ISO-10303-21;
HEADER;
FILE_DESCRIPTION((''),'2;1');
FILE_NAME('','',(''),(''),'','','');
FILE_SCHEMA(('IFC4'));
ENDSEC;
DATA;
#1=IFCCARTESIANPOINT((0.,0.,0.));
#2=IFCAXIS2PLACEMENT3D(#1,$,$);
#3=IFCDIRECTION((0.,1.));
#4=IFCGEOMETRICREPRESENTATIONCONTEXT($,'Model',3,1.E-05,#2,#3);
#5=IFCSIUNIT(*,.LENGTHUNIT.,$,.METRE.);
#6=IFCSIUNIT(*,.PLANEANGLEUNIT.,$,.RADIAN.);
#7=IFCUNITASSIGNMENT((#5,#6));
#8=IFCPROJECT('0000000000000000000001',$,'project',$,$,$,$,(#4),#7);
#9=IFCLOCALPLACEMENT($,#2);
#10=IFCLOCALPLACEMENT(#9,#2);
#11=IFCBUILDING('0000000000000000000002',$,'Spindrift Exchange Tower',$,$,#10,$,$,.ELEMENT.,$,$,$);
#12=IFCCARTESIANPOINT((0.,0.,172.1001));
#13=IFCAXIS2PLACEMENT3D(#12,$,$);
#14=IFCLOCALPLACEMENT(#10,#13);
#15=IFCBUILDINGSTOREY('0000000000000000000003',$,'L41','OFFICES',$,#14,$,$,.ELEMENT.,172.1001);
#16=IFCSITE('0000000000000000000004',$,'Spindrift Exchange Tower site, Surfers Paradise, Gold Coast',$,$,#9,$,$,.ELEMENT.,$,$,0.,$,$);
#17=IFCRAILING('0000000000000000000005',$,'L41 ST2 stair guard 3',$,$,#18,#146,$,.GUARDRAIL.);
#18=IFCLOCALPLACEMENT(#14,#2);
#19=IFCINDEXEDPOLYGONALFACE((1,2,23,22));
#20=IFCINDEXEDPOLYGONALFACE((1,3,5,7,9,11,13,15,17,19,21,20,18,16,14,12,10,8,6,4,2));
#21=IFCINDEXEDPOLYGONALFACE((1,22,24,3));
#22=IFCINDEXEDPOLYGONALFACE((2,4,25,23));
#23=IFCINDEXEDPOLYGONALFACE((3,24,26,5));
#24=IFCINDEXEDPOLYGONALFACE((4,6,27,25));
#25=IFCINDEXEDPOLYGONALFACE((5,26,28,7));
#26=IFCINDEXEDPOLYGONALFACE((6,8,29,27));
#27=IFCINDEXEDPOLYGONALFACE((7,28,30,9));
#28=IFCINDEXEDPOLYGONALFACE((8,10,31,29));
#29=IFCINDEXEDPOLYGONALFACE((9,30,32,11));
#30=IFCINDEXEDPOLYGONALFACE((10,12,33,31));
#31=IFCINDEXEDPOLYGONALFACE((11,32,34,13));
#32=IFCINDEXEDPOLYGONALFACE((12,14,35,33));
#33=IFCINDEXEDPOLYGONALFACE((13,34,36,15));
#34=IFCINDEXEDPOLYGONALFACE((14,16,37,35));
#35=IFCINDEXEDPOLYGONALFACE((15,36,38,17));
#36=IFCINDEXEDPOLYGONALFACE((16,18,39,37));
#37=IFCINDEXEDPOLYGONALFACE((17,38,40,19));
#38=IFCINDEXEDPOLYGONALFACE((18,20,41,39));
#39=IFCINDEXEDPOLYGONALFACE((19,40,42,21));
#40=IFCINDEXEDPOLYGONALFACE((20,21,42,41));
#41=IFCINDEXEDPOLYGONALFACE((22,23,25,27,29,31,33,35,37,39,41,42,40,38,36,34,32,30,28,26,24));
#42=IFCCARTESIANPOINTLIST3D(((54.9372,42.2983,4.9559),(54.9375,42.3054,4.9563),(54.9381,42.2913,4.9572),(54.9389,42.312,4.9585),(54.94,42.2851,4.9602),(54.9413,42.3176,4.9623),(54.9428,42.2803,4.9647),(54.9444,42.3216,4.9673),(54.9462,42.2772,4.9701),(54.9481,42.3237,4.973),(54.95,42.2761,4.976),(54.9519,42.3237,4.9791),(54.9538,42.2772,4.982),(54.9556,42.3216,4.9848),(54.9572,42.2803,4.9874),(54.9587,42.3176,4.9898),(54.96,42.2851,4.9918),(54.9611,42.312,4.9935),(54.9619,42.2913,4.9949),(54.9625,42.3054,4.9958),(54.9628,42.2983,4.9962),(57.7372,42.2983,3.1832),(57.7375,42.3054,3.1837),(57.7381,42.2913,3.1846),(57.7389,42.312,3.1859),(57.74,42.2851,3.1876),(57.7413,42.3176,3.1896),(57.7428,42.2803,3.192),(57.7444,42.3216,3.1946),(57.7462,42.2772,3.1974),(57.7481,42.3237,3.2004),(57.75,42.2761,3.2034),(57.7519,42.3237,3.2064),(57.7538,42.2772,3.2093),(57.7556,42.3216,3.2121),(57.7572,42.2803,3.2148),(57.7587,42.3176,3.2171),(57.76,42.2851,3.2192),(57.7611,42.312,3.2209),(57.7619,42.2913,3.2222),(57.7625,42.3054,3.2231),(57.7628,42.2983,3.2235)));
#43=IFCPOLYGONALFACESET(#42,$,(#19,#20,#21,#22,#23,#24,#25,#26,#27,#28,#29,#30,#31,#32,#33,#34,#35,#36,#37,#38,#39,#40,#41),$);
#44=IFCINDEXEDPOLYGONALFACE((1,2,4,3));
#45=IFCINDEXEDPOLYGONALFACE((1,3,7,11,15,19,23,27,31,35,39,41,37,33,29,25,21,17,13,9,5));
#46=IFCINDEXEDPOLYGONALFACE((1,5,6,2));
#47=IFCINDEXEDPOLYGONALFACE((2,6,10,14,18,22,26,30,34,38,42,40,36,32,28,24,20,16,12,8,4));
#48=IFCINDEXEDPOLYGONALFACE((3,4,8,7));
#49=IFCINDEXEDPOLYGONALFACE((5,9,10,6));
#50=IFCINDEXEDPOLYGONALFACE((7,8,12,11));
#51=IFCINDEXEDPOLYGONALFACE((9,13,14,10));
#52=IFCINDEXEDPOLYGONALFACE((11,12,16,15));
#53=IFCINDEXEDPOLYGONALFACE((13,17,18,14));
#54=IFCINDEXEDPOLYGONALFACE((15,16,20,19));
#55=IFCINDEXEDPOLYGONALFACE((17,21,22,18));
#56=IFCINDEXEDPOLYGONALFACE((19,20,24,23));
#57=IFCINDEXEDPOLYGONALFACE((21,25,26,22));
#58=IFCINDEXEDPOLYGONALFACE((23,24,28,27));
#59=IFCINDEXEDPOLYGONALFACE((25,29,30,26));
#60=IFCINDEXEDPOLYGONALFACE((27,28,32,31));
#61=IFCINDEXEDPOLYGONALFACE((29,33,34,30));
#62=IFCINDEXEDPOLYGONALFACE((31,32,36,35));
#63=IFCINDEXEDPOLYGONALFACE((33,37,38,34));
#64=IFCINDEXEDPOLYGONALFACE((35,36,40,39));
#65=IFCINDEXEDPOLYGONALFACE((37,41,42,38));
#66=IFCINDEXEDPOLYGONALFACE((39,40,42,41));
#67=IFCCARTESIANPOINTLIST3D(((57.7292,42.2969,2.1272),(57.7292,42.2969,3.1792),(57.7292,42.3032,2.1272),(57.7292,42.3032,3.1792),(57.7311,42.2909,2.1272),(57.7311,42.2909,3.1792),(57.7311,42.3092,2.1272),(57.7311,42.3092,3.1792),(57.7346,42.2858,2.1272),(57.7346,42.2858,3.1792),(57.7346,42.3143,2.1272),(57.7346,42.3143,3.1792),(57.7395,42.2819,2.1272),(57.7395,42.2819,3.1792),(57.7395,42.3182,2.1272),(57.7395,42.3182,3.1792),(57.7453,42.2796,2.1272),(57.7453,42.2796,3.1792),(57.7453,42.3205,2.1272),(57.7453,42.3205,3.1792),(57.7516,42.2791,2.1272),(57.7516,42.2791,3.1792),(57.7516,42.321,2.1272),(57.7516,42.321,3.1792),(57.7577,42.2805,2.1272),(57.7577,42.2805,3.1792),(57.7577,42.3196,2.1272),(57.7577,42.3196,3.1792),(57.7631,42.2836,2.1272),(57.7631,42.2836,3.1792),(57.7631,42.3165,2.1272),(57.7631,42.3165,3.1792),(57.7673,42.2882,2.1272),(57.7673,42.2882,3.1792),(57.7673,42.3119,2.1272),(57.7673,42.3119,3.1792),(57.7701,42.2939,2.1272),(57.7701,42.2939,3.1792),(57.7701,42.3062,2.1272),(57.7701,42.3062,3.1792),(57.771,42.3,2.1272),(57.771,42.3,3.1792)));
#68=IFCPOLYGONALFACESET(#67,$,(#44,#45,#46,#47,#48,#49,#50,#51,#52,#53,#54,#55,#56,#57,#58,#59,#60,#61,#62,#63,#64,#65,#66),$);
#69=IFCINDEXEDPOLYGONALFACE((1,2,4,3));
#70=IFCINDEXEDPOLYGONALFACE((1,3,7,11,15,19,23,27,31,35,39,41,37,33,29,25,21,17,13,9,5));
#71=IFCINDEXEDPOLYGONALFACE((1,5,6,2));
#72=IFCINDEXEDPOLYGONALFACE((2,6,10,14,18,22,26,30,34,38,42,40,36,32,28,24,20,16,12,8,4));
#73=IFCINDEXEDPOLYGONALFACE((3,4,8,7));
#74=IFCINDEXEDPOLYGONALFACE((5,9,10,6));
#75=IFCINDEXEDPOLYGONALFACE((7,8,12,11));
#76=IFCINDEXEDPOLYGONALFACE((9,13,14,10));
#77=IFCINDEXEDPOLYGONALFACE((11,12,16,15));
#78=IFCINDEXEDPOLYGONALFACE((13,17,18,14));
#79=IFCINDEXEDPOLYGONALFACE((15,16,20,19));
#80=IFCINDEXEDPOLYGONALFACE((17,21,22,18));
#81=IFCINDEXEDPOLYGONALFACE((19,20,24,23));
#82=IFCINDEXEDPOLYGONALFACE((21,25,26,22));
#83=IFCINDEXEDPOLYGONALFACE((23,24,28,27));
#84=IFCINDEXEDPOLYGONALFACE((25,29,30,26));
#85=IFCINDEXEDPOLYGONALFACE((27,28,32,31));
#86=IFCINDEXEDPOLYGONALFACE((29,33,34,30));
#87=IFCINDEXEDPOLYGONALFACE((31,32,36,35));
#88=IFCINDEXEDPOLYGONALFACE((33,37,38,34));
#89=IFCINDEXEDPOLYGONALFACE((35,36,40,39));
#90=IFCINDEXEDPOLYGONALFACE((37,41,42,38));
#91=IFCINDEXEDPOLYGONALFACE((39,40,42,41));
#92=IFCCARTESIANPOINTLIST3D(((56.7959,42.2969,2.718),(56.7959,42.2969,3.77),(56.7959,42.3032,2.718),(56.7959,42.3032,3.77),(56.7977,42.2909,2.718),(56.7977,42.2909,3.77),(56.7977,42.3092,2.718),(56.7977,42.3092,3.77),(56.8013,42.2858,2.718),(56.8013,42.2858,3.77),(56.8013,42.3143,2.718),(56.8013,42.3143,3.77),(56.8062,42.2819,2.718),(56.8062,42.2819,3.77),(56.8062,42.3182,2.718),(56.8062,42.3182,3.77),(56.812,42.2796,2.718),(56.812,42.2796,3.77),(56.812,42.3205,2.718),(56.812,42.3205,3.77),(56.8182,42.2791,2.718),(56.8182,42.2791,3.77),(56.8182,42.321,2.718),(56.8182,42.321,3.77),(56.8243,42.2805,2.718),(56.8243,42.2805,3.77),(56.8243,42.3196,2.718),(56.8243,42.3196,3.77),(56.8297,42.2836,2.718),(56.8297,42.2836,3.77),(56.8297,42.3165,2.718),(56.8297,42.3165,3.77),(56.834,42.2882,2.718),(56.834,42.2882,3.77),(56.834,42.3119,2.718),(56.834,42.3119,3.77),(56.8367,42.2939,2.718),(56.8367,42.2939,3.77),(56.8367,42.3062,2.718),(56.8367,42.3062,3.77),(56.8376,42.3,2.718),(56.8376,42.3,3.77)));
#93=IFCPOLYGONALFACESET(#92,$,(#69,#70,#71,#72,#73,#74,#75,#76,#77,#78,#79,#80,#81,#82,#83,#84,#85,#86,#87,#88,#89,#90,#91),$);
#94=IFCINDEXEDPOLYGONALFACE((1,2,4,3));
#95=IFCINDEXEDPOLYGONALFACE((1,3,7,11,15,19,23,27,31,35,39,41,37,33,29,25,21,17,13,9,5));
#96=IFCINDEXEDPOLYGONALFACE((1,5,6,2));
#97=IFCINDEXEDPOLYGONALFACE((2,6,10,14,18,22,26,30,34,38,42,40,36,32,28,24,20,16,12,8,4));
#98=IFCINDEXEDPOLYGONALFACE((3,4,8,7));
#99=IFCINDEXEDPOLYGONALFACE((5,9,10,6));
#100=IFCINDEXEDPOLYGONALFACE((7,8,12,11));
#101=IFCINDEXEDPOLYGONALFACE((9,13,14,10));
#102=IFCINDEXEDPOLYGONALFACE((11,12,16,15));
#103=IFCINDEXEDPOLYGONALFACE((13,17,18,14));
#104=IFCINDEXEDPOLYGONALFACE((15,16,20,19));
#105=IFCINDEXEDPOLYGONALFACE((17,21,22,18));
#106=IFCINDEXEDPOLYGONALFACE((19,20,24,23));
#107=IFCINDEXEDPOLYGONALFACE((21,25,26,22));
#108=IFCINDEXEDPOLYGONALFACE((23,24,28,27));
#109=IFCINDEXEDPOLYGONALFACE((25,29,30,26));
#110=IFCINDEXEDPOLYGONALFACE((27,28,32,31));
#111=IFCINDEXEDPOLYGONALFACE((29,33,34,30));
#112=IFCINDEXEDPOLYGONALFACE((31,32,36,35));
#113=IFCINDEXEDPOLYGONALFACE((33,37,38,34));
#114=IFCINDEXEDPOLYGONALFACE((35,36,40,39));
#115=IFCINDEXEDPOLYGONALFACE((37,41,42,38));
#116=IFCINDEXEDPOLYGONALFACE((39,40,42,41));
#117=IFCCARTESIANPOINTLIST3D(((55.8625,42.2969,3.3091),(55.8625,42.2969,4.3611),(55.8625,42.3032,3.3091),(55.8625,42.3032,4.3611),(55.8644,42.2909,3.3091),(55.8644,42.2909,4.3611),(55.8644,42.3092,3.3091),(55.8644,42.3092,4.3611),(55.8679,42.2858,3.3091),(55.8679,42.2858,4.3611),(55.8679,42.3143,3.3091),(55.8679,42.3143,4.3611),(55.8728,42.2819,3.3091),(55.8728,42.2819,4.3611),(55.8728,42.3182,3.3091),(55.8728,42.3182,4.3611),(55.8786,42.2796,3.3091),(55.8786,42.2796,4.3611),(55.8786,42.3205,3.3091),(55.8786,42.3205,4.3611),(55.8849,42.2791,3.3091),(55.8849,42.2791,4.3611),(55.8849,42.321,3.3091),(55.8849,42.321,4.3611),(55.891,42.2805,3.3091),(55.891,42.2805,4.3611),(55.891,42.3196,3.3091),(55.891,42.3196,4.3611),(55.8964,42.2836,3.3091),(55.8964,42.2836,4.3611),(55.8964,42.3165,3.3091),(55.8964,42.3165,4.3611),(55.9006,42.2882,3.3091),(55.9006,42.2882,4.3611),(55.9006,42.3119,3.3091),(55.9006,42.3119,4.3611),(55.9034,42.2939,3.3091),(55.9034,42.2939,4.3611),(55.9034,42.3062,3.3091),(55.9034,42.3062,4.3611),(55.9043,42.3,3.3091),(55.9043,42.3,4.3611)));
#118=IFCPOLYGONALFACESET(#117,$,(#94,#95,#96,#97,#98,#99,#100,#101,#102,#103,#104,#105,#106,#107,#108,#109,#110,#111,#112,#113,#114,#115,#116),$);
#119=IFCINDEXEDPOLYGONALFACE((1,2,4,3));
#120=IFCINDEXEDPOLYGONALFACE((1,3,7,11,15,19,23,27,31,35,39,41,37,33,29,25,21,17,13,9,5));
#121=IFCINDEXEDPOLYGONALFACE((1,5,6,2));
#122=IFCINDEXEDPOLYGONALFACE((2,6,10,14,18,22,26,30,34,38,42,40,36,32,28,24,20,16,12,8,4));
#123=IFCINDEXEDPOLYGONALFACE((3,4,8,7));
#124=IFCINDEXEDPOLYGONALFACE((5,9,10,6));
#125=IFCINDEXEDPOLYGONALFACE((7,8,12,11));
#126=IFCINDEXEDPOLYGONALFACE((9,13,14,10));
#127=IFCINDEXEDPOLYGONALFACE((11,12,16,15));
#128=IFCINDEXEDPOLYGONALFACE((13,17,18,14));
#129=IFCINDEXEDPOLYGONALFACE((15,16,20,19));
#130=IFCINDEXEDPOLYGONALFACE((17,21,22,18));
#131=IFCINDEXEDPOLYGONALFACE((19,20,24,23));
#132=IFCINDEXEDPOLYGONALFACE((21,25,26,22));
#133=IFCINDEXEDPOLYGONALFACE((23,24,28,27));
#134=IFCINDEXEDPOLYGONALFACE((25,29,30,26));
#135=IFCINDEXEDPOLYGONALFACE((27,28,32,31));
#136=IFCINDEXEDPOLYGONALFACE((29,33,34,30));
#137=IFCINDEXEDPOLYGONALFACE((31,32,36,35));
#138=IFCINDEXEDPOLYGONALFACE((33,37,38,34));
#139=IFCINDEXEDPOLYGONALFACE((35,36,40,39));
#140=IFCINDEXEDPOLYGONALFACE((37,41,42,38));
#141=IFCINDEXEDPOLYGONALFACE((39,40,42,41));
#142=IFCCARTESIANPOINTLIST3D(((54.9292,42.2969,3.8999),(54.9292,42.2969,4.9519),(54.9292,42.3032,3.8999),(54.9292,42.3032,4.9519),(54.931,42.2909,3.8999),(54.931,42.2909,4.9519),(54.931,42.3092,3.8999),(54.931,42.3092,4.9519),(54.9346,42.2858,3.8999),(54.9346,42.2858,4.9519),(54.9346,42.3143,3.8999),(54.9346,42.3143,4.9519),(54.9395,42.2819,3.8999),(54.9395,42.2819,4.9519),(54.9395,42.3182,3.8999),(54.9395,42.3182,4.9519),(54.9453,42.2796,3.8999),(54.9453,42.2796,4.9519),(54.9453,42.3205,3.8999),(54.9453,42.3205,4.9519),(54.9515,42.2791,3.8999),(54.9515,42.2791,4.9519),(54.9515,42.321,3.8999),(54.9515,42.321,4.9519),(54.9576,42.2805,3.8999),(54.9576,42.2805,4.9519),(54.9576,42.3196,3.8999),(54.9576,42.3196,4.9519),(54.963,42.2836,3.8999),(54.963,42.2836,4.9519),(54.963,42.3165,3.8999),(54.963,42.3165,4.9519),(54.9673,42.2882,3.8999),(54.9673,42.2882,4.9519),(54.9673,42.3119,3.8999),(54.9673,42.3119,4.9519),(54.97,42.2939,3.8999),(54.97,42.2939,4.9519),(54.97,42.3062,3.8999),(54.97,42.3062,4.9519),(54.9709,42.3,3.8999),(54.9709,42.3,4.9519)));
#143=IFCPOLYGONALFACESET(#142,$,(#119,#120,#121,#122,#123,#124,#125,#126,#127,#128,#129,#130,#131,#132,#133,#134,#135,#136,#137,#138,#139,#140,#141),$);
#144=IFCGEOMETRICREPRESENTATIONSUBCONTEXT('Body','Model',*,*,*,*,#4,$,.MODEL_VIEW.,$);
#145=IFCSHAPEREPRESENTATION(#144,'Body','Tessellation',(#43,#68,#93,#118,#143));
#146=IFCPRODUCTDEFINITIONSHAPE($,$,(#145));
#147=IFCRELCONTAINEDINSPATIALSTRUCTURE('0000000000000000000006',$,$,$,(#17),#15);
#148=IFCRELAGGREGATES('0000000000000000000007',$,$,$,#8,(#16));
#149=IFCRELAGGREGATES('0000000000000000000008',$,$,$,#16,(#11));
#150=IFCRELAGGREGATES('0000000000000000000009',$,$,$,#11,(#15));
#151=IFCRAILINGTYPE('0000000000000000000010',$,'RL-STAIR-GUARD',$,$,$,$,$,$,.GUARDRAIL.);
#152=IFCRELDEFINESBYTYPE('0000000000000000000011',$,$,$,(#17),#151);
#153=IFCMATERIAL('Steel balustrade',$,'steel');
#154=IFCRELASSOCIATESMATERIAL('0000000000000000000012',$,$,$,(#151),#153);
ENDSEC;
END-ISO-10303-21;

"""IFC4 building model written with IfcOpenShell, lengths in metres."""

from ifc_helpers import new_model, si_unit, direction, frame, origin, origin_2d, place, context, subcontext, project, spatial, circle, extrude, material, type_object, element, save


model = new_model("IFC4")

# Units and contexts
model_context = context("Model", 3, precision=1e-05, world=origin(), true_north=direction((0.0, 1.0)))
body_context = subcontext(model_context, "Body", "Model", "MODEL_VIEW")
ifc_project = project(units=[si_unit("LENGTHUNIT", "METRE"), si_unit("PLANEANGLEUNIT", "RADIAN")], contexts=[model_context])

# Site, building, storey
site_placement = place(None, origin())
site = spatial("IfcSite", under=ifc_project, at=site_placement, Name="Spindrift Exchange Tower site, Surfers Paradise, Gold Coast", CompositionType="ELEMENT", RefElevation=0.0)
building_placement = place(site_placement, origin())
building = spatial("IfcBuilding", under=site, at=building_placement, Name="Spindrift Exchange Tower", CompositionType="ELEMENT")
storey_placement = place(building_placement, frame((0.0, 0.0, 172.1001)))
storey = spatial("IfcBuildingStorey", under=building, at=storey_placement, Name="L41", Description="OFFICES", CompositionType="ELEMENT", Elevation=172.1001)

# Railing
ifc_material_1 = material(Name="Steel balustrade", Category="steel")
railing_type_1 = type_object("IfcRailingType", Name="RL-STAIR-GUARD", PredefinedType="GUARDRAIL", material=ifc_material_1)
railing_1_placement = place(storey_placement, frame((57.75, 42.3, 2.1272)))
element("IfcRailing", 1, at=railing_1_placement, inside=storey, type_object=railing_type_1, Name="L41 ST2 stair guard 3", PredefinedType="GUARDRAIL", context=body_context, shape_type="SweptSolid", body=[
    extrude(circle(Radius=0.0239, at=origin_2d()), frame((0.0, 0.0, 1.0762), z_axis=(-0.844909, 0.0, 0.53491), x_axis=(0.0, -1.0, 0.0)), (0.0, 0.0, 1.0), 3.314),
    extrude(circle(Radius=0.021, at=origin_2d()), origin(), (0.0, 0.0, 1.0), 1.052),
    extrude(circle(Radius=0.021, at=origin_2d()), frame((-0.9333, 0.0, 0.5908)), (0.0, 0.0, 1.0), 1.052),
    extrude(circle(Radius=0.021, at=origin_2d()), frame((-1.8667, 0.0, 1.1819)), (0.0, 0.0, 1.0), 1.052),
    extrude(circle(Radius=0.021, at=origin_2d()), frame((-2.8, 0.0, 1.7727)), (0.0, 0.0, 1.0), 1.052),
])

save(model, "model.ifc")
